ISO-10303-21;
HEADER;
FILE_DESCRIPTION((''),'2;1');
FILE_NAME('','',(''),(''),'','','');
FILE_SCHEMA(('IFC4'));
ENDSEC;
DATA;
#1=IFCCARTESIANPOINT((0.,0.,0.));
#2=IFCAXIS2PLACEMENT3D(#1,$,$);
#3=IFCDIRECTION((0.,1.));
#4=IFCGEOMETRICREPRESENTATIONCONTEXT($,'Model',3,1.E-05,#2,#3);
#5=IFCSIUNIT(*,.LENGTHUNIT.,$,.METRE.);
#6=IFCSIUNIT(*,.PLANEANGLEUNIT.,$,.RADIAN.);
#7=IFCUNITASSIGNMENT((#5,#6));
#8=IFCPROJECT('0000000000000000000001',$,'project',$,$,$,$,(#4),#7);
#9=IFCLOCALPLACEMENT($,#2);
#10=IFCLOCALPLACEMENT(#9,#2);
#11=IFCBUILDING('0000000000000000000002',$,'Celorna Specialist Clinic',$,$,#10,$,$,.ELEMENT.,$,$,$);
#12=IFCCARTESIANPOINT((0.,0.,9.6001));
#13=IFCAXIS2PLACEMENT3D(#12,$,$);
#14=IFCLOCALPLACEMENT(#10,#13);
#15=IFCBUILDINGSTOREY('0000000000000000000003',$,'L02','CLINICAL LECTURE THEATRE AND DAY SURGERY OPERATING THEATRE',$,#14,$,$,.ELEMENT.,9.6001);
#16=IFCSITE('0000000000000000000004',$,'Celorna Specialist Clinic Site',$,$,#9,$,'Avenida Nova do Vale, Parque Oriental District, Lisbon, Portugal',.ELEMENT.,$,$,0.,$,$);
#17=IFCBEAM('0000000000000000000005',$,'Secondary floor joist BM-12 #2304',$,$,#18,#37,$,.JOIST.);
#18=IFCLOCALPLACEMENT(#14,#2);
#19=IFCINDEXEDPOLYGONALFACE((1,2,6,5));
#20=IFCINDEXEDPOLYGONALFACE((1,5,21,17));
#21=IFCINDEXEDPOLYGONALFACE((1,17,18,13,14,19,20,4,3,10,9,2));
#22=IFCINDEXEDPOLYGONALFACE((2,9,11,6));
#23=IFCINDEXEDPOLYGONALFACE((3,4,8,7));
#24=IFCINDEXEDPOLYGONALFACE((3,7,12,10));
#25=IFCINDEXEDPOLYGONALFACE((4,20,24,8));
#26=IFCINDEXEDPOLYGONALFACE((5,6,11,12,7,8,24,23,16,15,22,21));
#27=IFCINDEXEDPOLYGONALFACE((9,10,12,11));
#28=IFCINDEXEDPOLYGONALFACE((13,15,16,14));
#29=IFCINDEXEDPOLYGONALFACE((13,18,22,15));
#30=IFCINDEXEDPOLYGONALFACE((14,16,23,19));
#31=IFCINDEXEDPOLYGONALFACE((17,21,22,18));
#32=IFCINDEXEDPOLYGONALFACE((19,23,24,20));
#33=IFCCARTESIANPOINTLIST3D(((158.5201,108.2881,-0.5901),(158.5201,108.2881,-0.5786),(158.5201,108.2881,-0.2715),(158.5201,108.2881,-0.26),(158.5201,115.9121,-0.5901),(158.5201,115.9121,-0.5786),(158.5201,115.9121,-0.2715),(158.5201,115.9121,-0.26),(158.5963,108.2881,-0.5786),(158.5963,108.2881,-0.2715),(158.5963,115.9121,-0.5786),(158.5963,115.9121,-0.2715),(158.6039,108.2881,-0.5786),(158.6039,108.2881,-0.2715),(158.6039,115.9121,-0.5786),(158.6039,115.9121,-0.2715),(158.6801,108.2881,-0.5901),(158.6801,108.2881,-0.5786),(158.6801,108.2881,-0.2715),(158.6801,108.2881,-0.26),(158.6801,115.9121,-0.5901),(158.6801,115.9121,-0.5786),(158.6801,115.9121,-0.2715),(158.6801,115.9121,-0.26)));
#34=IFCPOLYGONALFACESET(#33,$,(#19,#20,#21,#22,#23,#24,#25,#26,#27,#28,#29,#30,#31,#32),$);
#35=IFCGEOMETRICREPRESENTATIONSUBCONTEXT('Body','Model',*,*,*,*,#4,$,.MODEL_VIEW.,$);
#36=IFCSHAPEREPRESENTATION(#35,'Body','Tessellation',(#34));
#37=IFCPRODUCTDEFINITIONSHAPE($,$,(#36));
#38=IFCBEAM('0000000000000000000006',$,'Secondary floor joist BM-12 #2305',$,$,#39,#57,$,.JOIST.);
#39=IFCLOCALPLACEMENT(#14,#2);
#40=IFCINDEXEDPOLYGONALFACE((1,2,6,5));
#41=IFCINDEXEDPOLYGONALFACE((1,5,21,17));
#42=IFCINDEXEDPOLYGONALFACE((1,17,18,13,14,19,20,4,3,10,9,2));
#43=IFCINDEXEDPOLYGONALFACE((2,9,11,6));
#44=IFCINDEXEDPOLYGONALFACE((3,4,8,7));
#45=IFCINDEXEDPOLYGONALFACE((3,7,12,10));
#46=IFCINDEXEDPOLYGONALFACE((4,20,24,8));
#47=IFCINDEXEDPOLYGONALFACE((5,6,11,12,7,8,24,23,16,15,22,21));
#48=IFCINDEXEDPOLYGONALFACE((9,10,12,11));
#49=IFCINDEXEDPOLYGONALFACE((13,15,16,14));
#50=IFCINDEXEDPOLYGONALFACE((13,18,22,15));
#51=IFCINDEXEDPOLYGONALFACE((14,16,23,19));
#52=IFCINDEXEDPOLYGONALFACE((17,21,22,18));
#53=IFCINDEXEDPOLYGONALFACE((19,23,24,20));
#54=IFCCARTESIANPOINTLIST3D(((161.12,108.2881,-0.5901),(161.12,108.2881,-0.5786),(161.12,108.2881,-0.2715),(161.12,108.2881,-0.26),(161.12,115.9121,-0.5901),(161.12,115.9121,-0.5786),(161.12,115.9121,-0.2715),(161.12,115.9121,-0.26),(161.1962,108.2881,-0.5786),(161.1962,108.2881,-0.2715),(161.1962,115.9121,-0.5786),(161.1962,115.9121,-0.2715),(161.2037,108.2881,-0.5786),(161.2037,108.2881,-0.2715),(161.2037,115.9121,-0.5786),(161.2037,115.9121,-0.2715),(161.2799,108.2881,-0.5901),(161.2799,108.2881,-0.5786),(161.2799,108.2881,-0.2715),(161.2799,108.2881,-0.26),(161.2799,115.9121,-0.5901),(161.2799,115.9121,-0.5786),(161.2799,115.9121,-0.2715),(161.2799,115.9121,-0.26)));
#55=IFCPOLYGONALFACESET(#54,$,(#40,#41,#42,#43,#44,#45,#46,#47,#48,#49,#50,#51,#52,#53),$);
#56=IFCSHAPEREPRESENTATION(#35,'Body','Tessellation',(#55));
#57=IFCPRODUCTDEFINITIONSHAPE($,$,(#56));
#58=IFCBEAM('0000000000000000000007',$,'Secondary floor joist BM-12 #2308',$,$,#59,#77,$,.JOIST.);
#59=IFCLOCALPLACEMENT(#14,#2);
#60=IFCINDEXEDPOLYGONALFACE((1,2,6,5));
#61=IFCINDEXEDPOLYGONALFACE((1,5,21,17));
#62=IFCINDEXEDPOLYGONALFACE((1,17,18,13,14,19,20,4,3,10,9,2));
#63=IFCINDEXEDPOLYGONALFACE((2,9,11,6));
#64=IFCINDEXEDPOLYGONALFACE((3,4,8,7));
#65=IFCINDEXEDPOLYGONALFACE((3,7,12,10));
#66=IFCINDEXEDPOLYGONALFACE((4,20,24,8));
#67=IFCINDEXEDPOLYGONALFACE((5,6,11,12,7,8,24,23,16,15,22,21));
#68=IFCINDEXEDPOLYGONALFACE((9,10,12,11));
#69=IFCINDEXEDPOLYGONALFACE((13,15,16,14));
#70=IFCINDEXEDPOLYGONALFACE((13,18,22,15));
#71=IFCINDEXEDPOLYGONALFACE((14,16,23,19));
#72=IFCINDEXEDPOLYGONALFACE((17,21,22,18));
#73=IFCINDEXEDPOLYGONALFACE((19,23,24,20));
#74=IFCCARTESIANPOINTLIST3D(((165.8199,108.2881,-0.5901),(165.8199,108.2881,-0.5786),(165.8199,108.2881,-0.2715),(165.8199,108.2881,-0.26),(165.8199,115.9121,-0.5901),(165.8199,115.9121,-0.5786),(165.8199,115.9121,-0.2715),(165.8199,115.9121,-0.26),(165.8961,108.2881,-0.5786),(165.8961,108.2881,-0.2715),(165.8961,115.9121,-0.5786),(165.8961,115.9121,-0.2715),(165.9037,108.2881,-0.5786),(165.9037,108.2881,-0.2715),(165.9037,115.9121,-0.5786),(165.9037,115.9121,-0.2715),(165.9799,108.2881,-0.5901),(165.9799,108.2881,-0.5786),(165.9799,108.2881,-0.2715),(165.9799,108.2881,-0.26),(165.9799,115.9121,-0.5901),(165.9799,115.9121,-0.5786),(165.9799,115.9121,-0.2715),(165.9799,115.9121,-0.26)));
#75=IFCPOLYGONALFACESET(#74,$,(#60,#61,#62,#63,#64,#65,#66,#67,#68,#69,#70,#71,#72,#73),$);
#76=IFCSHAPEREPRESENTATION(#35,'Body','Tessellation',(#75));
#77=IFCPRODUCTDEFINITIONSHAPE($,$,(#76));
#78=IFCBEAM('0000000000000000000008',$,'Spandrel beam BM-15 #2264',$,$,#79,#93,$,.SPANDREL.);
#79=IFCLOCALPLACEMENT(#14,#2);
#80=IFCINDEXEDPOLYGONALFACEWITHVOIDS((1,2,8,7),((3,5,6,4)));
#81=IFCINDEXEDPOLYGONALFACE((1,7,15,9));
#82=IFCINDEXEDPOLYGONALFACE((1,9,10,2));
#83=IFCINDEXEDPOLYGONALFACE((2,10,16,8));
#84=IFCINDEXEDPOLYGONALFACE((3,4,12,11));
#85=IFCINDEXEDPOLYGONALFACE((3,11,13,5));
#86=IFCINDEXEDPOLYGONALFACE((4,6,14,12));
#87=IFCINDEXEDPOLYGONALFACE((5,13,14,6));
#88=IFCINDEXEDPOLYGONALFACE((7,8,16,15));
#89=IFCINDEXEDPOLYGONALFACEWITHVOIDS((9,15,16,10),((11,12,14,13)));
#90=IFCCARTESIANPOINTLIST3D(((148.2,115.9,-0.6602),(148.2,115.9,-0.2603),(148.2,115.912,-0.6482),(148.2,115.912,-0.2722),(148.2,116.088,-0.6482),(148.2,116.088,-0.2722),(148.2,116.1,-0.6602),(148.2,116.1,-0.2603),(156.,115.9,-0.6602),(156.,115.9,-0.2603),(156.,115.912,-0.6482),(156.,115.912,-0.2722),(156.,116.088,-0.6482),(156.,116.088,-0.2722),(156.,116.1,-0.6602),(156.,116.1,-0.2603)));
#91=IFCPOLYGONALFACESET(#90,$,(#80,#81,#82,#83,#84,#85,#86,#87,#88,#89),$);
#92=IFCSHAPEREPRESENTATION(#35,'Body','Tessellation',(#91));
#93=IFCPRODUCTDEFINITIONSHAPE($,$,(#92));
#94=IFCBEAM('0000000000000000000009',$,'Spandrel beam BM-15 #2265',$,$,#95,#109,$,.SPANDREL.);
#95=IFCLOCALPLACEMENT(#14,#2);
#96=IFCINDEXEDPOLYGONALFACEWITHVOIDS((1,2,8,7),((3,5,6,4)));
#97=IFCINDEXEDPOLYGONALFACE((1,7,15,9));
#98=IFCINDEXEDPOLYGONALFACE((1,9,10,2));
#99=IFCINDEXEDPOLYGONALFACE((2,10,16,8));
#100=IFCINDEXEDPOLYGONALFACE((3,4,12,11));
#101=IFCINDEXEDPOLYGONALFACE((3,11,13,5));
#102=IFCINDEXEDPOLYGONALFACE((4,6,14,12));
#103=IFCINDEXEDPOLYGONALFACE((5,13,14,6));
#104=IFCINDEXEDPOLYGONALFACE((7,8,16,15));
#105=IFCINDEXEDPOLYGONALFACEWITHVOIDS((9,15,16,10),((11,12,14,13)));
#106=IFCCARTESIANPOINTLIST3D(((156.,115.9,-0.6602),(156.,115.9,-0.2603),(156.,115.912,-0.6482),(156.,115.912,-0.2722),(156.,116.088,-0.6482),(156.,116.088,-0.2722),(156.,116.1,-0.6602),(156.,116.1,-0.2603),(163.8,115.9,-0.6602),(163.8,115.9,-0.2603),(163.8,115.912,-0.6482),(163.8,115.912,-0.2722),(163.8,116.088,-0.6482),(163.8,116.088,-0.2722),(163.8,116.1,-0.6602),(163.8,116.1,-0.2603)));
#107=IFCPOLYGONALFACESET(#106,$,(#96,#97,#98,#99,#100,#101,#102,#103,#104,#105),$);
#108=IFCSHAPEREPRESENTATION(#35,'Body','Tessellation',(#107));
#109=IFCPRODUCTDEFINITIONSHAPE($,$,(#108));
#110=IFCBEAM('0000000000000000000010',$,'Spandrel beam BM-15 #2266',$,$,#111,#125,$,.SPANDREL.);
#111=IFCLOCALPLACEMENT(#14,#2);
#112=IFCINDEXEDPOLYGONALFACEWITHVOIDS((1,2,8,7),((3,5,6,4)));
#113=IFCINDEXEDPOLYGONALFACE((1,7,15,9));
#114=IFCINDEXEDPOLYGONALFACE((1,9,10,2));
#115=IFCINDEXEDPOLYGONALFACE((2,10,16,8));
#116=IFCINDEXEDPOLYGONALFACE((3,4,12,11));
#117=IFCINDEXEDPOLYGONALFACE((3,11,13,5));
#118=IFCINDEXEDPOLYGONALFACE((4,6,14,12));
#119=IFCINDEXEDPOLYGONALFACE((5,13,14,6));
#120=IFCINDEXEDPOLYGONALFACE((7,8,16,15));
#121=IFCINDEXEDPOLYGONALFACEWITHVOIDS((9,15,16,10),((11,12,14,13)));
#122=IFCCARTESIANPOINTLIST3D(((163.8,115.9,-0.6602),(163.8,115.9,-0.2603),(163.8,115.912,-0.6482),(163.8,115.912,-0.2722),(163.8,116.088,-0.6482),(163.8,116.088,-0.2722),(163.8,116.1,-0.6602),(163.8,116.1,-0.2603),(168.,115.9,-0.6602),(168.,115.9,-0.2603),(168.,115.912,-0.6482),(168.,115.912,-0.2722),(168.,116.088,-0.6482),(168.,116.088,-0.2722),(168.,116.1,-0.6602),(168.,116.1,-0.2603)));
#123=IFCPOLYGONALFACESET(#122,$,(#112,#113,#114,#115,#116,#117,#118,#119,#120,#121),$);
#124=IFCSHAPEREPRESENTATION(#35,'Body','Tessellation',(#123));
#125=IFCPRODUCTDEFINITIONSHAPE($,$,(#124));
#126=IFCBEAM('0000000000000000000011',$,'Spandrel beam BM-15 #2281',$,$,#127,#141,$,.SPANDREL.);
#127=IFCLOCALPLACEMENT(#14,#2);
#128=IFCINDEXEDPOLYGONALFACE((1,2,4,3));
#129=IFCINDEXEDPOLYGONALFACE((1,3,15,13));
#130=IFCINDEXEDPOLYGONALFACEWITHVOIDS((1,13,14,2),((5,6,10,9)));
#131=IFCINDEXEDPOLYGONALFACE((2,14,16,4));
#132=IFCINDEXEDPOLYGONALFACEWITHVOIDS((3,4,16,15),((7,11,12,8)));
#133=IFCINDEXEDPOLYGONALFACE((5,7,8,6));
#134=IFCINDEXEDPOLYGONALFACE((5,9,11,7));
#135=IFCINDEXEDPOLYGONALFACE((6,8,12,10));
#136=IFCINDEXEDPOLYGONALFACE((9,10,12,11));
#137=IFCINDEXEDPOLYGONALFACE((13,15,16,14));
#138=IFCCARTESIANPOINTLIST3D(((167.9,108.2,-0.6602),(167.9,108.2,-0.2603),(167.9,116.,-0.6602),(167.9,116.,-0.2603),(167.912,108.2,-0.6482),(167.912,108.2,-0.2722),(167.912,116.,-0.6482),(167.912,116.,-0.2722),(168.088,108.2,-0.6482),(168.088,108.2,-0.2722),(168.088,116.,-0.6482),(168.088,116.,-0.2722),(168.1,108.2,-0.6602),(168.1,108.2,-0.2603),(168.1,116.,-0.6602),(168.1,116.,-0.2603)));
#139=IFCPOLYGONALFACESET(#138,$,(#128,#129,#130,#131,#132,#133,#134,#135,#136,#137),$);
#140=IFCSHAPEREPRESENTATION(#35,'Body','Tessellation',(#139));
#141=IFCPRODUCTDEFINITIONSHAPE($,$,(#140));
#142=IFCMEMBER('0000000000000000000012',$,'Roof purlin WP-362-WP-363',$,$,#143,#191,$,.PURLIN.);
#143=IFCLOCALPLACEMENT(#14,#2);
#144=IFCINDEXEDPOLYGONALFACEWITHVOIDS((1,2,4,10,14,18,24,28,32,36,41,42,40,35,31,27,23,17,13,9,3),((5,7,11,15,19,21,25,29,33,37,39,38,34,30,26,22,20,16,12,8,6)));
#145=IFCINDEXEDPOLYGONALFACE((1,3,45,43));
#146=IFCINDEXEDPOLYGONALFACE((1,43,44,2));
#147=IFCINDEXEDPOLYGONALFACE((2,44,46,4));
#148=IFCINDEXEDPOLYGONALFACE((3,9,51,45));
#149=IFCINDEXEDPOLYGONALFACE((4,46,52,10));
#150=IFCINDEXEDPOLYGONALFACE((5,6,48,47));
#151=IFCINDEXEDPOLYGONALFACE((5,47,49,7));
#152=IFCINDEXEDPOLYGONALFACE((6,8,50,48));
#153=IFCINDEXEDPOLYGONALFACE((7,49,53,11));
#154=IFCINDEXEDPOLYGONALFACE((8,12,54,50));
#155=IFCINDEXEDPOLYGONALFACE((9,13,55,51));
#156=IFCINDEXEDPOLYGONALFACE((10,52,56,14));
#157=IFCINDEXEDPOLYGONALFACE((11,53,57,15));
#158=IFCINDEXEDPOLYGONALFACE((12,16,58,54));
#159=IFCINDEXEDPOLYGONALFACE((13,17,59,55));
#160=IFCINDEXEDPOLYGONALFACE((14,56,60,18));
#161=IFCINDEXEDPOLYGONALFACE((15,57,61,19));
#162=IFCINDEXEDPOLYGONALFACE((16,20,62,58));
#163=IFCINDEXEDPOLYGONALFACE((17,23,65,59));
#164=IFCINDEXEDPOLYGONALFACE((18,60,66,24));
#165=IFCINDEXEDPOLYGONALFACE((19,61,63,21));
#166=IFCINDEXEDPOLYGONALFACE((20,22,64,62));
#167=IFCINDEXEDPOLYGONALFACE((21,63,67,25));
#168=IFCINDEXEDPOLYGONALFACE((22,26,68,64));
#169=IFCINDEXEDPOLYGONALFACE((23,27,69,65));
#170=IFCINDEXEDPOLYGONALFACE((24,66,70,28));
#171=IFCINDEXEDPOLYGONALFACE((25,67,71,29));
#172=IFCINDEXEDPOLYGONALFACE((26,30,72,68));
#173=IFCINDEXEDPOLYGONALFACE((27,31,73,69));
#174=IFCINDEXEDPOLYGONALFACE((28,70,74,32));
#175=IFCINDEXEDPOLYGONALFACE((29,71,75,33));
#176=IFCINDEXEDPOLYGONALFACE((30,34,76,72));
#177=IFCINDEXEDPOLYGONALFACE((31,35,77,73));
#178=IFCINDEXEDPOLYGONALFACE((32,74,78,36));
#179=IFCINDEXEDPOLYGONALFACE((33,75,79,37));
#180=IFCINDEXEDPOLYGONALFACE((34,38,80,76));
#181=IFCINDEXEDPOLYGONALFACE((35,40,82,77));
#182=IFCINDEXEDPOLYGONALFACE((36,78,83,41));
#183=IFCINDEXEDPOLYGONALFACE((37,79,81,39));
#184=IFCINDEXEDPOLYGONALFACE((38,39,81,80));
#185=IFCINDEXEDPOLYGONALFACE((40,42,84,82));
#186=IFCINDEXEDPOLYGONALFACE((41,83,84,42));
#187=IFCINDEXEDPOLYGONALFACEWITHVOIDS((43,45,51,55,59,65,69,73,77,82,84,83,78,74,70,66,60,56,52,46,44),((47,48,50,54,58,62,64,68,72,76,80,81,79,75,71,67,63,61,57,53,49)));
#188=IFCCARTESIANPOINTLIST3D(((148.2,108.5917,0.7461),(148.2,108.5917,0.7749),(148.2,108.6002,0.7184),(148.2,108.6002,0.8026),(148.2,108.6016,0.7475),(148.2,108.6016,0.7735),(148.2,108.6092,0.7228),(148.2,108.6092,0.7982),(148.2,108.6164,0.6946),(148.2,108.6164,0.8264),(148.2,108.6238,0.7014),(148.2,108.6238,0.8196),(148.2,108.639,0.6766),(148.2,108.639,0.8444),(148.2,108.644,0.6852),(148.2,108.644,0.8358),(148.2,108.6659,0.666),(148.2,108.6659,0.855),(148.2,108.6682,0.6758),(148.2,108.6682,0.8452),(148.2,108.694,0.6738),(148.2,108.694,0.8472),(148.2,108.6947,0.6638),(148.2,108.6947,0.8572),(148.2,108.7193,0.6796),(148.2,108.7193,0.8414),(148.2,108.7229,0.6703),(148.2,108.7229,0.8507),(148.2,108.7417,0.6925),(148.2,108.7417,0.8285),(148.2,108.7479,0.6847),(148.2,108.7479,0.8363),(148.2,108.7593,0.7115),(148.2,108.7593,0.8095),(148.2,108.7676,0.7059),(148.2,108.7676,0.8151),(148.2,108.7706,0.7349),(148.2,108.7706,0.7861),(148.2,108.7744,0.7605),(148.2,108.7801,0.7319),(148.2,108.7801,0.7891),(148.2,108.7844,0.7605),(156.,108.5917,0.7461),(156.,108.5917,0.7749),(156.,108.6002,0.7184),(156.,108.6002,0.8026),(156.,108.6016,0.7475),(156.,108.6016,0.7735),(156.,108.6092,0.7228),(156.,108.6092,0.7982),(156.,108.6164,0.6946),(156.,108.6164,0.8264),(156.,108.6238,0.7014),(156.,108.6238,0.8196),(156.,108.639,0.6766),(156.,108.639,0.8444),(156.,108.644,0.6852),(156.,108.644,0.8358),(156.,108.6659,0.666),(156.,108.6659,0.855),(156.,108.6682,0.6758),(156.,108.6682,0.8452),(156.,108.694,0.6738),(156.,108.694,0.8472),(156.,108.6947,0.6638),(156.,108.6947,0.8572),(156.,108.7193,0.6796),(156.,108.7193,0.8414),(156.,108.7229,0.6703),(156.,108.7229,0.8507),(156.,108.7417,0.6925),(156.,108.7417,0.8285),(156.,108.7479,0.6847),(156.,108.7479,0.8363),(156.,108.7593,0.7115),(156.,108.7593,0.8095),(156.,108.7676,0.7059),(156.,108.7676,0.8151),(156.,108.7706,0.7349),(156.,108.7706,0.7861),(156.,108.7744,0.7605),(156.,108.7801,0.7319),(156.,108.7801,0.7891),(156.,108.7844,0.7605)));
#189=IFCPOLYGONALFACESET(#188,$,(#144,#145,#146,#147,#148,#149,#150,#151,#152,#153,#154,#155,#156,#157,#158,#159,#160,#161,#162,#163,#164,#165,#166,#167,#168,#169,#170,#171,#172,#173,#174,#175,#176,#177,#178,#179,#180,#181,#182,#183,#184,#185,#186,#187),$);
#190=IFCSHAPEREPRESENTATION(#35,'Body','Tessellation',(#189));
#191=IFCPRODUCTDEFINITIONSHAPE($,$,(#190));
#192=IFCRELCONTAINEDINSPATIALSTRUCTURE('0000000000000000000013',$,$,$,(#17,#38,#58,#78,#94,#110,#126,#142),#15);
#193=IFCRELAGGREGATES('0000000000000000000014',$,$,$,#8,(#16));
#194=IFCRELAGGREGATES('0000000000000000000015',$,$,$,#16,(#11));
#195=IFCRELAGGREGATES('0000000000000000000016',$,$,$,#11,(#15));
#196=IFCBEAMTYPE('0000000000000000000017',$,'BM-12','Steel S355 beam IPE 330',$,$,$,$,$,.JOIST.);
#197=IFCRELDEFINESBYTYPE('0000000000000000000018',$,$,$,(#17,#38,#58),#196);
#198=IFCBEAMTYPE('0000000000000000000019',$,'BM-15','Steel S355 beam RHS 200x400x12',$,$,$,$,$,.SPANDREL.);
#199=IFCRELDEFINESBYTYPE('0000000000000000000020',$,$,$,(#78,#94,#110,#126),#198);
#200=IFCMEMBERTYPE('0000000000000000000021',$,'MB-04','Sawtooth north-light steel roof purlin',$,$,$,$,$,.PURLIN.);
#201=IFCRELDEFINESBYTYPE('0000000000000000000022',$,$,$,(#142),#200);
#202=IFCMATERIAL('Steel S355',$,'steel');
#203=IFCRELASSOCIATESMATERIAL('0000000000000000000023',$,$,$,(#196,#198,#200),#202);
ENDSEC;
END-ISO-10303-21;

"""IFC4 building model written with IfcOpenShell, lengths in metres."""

from ifc_helpers import new_model, si_unit, direction, frame, origin, origin_2d, place, context, subcontext, project, spatial, hollow_rectangle, hollow_circle, i_section, extrude, material, material_profile, profile_set, type_object, element, save


model = new_model("IFC4")

# Units and contexts
model_context = context("Model", 3, precision=1e-05, world=origin(), true_north=direction((0.0, 1.0)))
body_context = subcontext(model_context, "Body", "Model", "MODEL_VIEW")
ifc_project = project(units=[si_unit("LENGTHUNIT", "METRE"), si_unit("PLANEANGLEUNIT", "RADIAN")], contexts=[model_context])

# Site, building, storey
site_placement = place(None, origin())
site = spatial("IfcSite", under=ifc_project, at=site_placement, Name="Celorna Specialist Clinic Site", LongName="Avenida Nova do Vale, Parque Oriental District, Lisbon, Portugal", CompositionType="ELEMENT", RefElevation=0.0)
building_placement = place(site_placement, origin())
building = spatial("IfcBuilding", under=site, at=building_placement, Name="Celorna Specialist Clinic", CompositionType="ELEMENT")
storey_placement = place(building_placement, frame((0.0, 0.0, 9.6001)))
storey = spatial("IfcBuildingStorey", under=building, at=storey_placement, Name="L02", Description="CLINICAL LECTURE THEATRE AND DAY SURGERY OPERATING THEATRE", CompositionType="ELEMENT", Elevation=9.6001)

# Beams
ifc_material_1 = material(Name="Steel S355", Category="steel")
ifc_material_profile_1 = material_profile(ifc_material_1, i_section(OverallWidth=0.1599, OverallDepth=0.3301, WebThickness=0.0076, FlangeThickness=0.0115, at=origin_2d()), Name="IPE 330")
ifc_profile_set_1 = profile_set([ifc_material_profile_1], Name="Steel S355")
beam_type_1 = type_object("IfcBeamType", Name="BM-12", Description="Steel S355 beam IPE 330", PredefinedType="JOIST", material=ifc_profile_set_1)
for number, where, z_axis, x_axis, name in (
    (1, (158.6001, 108.2881, -0.425), (0.0, 1.0, 0.0), (-1.0, 0.0, 0.0), "Secondary floor joist BM-12 #2304"),
    (2, (161.2, 108.2881, -0.425), (0.0, 1.0, 0.0), (-1.0, 0.0, 0.0), "Secondary floor joist BM-12 #2305"),
    (3, (165.8999, 108.2881, -0.425), (0.0, 1.0, 0.0), (-1.0, 0.0, 0.0), "Secondary floor joist BM-12 #2308"),
):
    element("IfcBeam", number, at=place(storey_placement, frame(where, z_axis=z_axis, x_axis=x_axis)), inside=storey, type_object=beam_type_1, Name=name, PredefinedType="JOIST", context=body_context, shape_type="SweptSolid", body=[
        extrude(i_section(OverallWidth=0.1599, OverallDepth=0.3301, WebThickness=0.0076, FlangeThickness=0.0115, at=origin_2d()), origin(), (0.0, 0.0, 1.0), 7.624),
    ])
ifc_material_profile_2 = material_profile(ifc_material_1, hollow_rectangle(XDim=0.2, YDim=0.3999, WallThickness=0.012, at=origin_2d()), Name="RHS 200x400x12")
ifc_profile_set_2 = profile_set([ifc_material_profile_2], Name="Steel S355")
beam_type_2 = type_object("IfcBeamType", Name="BM-15", Description="Steel S355 beam RHS 200x400x12", PredefinedType="SPANDREL", material=ifc_profile_set_2)
for number, where, z_axis, x_axis, name in (
    (4, (148.2, 116.0, -0.4602), (1.0, 0.0, 0.0), (0.0, 1.0, 0.0), "Spandrel beam BM-15 #2264"),
    (5, (156.0, 116.0, -0.4602), (1.0, 0.0, 0.0), (0.0, 1.0, 0.0), "Spandrel beam BM-15 #2265"),
):
    element("IfcBeam", number, at=place(storey_placement, frame(where, z_axis=z_axis, x_axis=x_axis)), inside=storey, type_object=beam_type_2, Name=name, PredefinedType="SPANDREL", context=body_context, shape_type="SweptSolid", body=[
        extrude(hollow_rectangle(XDim=0.2, YDim=0.3999, WallThickness=0.012, at=origin_2d()), origin(), (0.0, 0.0, 1.0), 7.8),
    ])
beam_1_placement = place(storey_placement, frame((163.8, 116.0, -0.4602), z_axis=(1.0, 0.0, 0.0), x_axis=(0.0, 1.0, 0.0)))
element("IfcBeam", 6, at=beam_1_placement, inside=storey, type_object=beam_type_2, Name="Spandrel beam BM-15 #2266", PredefinedType="SPANDREL", context=body_context, shape_type="SweptSolid", body=[
    extrude(hollow_rectangle(XDim=0.2, YDim=0.3999, WallThickness=0.012, at=origin_2d()), origin(), (0.0, 0.0, 1.0), 4.2),
])
beam_2_placement = place(storey_placement, frame((168.0, 108.2, -0.4602), z_axis=(0.0, 1.0, 0.0), x_axis=(-1.0, 0.0, 0.0)))
element("IfcBeam", 7, at=beam_2_placement, inside=storey, type_object=beam_type_2, Name="Spandrel beam BM-15 #2281", PredefinedType="SPANDREL", context=body_context, shape_type="SweptSolid", body=[
    extrude(hollow_rectangle(XDim=0.2, YDim=0.3999, WallThickness=0.012, at=origin_2d()), origin(), (0.0, 0.0, 1.0), 7.8),
])

# Member
ifc_material_profile_3 = material_profile(ifc_material_1, hollow_circle(Radius=0.0969, WallThickness=0.01, at=origin_2d()), Name="CHS 193.7x10")
ifc_profile_set_3 = profile_set([ifc_material_profile_3], Name="Steel S355")
member_type_1 = type_object("IfcMemberType", Name="MB-04", Description="Sawtooth north-light steel roof purlin", PredefinedType="PURLIN", material=ifc_profile_set_3)
member_1_placement = place(storey_placement, frame((148.2, 108.6875, 0.7605), z_axis=(1.0, 0.0, 0.0), x_axis=(0.0, 1.0, 0.0)))
element("IfcMember", 8, at=member_1_placement, inside=storey, type_object=member_type_1, Name="Roof purlin WP-362-WP-363", PredefinedType="PURLIN", context=body_context, shape_type="SweptSolid", body=[
    extrude(hollow_circle(Radius=0.0969, WallThickness=0.01, at=origin_2d()), origin(), (0.0, 0.0, 1.0), 7.8),
])

save(model, "model.ifc")
